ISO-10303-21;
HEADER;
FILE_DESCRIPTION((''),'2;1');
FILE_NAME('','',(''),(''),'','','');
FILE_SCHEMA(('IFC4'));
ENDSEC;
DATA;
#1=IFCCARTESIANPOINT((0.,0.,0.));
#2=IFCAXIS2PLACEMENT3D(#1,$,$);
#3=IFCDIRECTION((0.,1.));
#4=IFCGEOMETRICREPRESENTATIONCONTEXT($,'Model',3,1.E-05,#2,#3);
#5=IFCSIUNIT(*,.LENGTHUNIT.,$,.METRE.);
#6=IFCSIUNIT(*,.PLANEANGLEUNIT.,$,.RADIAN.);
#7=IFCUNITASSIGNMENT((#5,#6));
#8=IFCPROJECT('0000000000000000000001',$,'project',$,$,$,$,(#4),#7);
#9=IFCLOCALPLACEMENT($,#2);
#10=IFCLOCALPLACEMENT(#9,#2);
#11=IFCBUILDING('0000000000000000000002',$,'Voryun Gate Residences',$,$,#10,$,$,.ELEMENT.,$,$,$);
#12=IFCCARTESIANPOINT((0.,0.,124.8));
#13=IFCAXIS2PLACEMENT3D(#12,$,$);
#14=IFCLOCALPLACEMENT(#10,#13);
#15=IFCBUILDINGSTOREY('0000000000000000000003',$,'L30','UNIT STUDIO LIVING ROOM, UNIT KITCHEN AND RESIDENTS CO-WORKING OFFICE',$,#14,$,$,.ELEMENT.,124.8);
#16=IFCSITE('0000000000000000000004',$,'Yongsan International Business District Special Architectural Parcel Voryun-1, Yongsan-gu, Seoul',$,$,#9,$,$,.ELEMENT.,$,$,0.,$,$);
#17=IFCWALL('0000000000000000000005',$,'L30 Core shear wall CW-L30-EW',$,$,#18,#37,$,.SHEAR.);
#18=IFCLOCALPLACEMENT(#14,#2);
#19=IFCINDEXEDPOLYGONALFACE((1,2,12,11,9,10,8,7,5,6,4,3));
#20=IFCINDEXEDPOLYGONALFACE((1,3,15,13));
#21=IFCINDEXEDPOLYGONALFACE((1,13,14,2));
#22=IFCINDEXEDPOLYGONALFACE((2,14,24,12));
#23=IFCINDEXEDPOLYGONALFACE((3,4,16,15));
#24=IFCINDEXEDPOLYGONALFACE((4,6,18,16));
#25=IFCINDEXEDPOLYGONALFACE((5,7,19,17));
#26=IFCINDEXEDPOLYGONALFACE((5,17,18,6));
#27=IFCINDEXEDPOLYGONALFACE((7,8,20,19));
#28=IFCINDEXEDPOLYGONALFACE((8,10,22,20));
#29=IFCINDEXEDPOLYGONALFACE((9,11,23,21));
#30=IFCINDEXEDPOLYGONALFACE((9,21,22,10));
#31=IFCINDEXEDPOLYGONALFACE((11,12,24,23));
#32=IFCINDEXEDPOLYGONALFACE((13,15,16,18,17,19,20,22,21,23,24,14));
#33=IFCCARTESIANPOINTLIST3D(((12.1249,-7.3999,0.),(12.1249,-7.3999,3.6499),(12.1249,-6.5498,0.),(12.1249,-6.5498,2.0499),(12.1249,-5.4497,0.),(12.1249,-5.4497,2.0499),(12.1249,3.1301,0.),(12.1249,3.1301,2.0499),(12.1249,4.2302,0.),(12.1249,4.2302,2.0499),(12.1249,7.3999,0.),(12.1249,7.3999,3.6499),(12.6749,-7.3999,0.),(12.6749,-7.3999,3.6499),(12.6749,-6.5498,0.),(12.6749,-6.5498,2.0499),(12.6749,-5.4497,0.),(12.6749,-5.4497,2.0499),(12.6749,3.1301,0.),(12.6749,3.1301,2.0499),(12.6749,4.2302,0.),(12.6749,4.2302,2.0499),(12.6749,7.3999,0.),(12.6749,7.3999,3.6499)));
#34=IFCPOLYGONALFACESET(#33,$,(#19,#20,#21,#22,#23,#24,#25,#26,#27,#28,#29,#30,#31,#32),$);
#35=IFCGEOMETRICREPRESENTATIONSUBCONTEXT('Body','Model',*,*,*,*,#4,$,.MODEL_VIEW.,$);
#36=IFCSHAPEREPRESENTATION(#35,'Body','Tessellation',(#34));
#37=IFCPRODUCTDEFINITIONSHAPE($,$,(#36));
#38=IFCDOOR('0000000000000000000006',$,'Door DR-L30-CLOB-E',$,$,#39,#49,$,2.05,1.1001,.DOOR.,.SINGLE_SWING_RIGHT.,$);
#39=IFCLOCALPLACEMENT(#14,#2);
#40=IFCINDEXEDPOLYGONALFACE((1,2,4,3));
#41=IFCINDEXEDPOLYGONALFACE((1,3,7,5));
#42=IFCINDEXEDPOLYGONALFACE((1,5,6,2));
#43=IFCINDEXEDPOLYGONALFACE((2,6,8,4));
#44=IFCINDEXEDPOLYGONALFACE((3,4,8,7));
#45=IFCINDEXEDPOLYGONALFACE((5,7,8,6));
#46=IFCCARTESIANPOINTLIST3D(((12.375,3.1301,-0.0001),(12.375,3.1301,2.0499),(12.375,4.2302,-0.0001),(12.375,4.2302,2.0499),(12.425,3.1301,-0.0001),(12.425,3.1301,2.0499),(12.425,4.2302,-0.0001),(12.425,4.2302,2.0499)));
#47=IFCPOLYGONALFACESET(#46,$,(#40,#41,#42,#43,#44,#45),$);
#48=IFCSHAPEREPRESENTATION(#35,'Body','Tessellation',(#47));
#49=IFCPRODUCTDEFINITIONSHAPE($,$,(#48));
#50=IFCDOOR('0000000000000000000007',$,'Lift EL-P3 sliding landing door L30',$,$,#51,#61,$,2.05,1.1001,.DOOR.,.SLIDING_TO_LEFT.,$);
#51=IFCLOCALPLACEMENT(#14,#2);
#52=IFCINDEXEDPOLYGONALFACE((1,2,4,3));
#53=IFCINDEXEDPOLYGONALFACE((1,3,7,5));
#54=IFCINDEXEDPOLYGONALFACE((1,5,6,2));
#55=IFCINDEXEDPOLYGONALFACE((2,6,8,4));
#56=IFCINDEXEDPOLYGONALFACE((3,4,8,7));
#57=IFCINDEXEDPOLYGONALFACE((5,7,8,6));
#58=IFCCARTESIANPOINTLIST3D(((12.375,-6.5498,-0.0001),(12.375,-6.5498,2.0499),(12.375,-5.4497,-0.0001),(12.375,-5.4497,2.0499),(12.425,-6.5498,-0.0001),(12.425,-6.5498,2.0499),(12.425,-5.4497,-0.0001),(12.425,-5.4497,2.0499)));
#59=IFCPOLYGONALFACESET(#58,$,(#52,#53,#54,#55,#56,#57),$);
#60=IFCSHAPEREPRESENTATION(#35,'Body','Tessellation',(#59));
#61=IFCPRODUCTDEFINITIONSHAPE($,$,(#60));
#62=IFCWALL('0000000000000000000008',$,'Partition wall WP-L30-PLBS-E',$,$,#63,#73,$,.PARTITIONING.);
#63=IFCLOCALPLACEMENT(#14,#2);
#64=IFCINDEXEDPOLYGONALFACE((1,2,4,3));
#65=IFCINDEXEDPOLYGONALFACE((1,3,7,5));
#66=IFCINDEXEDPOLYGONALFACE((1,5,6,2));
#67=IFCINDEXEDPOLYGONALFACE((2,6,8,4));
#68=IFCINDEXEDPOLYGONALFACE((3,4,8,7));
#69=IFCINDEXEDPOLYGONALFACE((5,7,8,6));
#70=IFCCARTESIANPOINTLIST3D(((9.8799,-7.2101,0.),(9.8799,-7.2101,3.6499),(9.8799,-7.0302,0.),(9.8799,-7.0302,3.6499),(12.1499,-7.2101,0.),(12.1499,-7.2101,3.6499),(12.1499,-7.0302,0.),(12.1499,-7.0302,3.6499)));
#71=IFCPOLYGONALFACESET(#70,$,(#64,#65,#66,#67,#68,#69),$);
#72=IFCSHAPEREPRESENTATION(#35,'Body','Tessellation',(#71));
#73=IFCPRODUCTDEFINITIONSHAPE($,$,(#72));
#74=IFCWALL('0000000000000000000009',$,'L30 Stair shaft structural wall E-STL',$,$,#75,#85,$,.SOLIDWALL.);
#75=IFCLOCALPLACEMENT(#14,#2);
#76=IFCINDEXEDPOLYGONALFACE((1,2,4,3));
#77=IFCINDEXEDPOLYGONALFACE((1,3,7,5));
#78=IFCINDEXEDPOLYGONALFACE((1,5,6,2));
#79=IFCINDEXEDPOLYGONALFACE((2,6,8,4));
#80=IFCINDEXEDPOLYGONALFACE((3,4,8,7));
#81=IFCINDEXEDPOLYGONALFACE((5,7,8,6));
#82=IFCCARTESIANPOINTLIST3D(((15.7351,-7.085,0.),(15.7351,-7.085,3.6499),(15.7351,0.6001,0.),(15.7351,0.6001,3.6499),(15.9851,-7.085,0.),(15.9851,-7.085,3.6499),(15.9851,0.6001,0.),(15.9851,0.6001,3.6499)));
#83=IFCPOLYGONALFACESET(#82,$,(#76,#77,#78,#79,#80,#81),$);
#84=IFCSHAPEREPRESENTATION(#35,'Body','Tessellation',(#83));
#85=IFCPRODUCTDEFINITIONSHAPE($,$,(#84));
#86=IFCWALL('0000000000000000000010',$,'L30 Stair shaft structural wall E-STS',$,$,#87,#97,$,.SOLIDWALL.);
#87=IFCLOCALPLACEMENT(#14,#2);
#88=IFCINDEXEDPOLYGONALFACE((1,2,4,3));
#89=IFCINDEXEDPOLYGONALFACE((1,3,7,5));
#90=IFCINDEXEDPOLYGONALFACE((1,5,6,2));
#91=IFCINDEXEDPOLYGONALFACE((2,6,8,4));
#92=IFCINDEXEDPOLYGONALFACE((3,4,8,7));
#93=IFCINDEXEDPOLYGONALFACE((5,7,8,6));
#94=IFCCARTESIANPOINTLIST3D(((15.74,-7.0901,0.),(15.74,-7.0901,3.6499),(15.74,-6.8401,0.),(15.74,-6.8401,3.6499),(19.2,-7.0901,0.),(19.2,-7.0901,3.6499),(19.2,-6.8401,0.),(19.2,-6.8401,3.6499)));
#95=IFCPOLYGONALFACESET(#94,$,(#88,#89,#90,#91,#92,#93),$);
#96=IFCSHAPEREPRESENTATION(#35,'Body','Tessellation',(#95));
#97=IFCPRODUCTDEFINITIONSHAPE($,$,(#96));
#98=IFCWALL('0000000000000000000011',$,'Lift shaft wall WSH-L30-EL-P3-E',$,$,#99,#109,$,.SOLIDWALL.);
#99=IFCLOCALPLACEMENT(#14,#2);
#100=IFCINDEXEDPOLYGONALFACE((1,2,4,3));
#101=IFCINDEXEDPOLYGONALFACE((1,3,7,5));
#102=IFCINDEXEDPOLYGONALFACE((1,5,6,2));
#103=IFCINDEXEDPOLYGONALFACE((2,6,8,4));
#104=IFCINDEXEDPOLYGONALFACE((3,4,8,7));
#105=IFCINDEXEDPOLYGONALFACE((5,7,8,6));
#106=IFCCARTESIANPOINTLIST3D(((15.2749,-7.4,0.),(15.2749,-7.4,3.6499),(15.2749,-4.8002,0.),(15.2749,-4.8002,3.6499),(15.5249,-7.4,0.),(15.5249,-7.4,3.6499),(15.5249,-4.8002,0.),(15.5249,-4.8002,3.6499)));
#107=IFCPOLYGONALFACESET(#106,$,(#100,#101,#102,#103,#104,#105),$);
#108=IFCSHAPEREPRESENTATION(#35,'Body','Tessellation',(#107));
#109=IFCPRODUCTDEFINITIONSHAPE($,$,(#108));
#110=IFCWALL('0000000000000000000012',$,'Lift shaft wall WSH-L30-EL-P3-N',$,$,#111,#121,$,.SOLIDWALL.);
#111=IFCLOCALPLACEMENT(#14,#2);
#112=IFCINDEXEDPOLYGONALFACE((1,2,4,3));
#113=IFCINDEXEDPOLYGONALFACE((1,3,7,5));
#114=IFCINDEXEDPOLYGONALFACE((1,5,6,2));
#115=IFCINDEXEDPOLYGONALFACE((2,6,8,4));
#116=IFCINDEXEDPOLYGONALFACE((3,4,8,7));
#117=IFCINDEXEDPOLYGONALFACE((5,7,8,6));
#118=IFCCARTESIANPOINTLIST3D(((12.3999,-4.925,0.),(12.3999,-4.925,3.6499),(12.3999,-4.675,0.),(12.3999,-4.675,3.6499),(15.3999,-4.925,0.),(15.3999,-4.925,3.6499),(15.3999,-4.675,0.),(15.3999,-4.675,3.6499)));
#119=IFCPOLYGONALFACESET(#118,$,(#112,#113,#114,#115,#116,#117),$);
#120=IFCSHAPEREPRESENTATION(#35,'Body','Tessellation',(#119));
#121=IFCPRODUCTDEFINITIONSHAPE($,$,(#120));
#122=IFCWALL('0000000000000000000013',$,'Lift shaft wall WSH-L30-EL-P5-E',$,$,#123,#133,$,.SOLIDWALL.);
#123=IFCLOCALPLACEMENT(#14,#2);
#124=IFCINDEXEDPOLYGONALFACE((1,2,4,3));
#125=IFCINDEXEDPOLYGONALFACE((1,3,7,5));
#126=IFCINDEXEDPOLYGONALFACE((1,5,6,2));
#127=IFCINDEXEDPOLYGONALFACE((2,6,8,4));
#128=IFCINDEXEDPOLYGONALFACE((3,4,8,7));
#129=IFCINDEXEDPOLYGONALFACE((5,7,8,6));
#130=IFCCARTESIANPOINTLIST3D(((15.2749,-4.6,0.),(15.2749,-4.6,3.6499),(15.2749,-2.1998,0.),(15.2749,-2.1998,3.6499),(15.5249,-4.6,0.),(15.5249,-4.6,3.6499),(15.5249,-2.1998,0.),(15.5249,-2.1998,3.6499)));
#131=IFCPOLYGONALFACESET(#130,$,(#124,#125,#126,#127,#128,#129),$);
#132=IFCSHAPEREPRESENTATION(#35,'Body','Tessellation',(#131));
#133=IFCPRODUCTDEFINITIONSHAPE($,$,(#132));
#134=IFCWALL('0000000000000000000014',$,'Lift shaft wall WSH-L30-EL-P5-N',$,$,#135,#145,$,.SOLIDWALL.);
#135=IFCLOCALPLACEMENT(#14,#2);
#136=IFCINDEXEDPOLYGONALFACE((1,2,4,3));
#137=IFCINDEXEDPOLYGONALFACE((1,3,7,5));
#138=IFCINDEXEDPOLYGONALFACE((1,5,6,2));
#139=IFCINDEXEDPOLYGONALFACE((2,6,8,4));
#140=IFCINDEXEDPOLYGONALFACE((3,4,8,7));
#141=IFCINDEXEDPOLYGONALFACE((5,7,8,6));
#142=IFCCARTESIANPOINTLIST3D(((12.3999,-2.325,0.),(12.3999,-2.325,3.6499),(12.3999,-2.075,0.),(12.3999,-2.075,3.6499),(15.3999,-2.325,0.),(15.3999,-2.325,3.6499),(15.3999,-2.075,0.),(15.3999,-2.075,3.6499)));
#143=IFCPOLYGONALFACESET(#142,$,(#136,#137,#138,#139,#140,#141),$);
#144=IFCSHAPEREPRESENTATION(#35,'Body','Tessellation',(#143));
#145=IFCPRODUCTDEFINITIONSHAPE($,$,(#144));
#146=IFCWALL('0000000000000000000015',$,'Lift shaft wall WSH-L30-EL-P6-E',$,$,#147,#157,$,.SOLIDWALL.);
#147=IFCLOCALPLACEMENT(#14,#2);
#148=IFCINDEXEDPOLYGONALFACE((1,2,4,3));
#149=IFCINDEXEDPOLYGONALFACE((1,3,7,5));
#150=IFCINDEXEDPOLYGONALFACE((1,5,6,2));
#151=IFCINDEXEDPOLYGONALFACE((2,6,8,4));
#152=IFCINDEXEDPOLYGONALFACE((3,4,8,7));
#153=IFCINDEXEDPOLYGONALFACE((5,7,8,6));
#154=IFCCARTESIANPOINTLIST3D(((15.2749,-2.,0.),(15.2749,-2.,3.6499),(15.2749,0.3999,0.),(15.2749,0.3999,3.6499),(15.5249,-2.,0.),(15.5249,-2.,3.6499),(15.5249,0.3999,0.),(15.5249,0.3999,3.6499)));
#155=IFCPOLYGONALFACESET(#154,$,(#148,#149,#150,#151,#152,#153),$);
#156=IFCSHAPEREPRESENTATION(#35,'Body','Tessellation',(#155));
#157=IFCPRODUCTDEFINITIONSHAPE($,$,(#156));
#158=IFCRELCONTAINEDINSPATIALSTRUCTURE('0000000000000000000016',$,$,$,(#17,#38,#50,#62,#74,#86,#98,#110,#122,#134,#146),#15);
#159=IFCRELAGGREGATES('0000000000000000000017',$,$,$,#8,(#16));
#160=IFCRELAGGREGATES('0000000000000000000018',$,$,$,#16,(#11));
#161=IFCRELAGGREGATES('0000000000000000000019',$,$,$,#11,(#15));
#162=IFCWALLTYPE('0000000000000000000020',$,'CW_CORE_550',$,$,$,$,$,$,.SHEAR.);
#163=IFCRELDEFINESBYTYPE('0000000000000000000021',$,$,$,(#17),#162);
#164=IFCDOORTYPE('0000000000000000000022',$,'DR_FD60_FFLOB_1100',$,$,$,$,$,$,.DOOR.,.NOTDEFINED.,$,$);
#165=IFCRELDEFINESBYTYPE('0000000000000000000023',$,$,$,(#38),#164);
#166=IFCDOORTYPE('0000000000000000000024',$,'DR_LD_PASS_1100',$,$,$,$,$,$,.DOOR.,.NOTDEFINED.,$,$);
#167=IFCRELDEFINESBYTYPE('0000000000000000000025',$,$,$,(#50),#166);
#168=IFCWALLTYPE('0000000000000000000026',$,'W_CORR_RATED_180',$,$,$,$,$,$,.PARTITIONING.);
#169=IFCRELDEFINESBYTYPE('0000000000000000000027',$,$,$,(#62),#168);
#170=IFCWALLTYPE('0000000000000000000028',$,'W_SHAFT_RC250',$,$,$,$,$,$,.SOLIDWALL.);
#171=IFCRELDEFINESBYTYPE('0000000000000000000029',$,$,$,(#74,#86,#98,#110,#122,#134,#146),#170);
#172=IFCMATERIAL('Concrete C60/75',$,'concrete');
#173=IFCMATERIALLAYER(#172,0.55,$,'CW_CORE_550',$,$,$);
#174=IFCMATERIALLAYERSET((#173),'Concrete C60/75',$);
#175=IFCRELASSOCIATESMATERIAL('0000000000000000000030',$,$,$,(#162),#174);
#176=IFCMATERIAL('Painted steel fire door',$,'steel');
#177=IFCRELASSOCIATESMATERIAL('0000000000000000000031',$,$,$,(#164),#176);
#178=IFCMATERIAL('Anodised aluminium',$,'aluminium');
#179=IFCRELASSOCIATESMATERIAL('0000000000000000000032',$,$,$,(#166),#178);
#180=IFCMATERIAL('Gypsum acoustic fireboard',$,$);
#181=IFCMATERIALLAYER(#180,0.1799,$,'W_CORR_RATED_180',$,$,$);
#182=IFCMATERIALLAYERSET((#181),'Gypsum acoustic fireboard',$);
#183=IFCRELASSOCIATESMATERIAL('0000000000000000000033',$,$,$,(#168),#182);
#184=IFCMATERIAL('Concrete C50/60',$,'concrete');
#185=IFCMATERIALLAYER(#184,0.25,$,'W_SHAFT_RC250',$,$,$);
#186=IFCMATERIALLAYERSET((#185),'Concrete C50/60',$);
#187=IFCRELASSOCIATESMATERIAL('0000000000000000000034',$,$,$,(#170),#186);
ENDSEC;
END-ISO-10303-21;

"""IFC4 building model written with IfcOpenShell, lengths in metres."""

from ifc_helpers import new_model, si_unit, direction, frame, frame_2d, origin, place, context, subcontext, project, spatial, rectangle, extrude, material, layer, layer_set, type_object, element, fill, save


model = new_model("IFC4")

# Units and contexts
model_context = context("Model", 3, precision=1e-05, world=origin(), true_north=direction((0.0, 1.0)))
body_context = subcontext(model_context, "Body", "Model", "MODEL_VIEW")
ifc_project = project(units=[si_unit("LENGTHUNIT", "METRE"), si_unit("PLANEANGLEUNIT", "RADIAN")], contexts=[model_context])

# Site, building, storey
site_placement = place(None, origin())
site = spatial("IfcSite", under=ifc_project, at=site_placement, Name="Yongsan International Business District Special Architectural Parcel Voryun-1, Yongsan-gu, Seoul", CompositionType="ELEMENT", RefElevation=0.0)
building_placement = place(site_placement, origin())
building = spatial("IfcBuilding", under=site, at=building_placement, Name="Voryun Gate Residences", CompositionType="ELEMENT")
storey_placement = place(building_placement, frame((0.0, 0.0, 124.8)))
storey = spatial("IfcBuildingStorey", under=building, at=storey_placement, Name="L30", Description="UNIT STUDIO LIVING ROOM, UNIT KITCHEN AND RESIDENTS CO-WORKING OFFICE", CompositionType="ELEMENT", Elevation=124.8)

# Shared definitions
ifc_material_1 = material(Name="Concrete C60/75", Category="concrete")
ifc_layer_1 = layer(ifc_material_1, 0.55, Name="CW_CORE_550")
ifc_layer_set_1 = layer_set([ifc_layer_1], Name="Concrete C60/75")
wall_type_1 = type_object("IfcWallType", Name="CW_CORE_550", PredefinedType="SHEAR", material=ifc_layer_set_1)

# Wall, openings, doors
wall_1_placement = place(storey_placement, frame((12.3999, -7.3999, 0.0), z_axis=(0.0, 0.0, 1.0), x_axis=(0.0, 1.0, 0.0)))
wall_1 = element("IfcWall", 1, at=wall_1_placement, inside=storey, type_object=wall_type_1, Name="L30 Core shear wall CW-L30-EW", PredefinedType="SHEAR", context=body_context, shape_type="SweptSolid", body=[
    extrude(rectangle(XDim=14.7998, YDim=0.55, at=frame_2d((7.3999, 0.0))), origin(), (0.0, 0.0, 1.0), 3.6499),
])
opening_1_placement = place(wall_1_placement, frame((0.8501, 0.0, 0.0)))
opening_1 = element("IfcOpeningElement", 2, at=opening_1_placement, cuts=wall_1, PredefinedType="OPENING", context=body_context, shape_type="SweptSolid", body=[
    extrude(rectangle(XDim=1.1001, YDim=2.05, at=frame_2d((0.55, 1.0249))), frame((0.0, 0.2849, 0.0), z_axis=(0.0, -1.0, 0.0), x_axis=(1.0, 0.0, 0.0)), (0.0, 0.0, 1.0), 0.5701),
])
opening_2_placement = place(wall_1_placement, frame((10.53, 0.0, 0.0)))
opening_2 = element("IfcOpeningElement", 3, at=opening_2_placement, cuts=wall_1, PredefinedType="OPENING", context=body_context, shape_type="SweptSolid", body=[
    extrude(rectangle(XDim=1.1001, YDim=2.05, at=frame_2d((0.55, 1.0249))), frame((0.0, 0.2849, 0.0), z_axis=(0.0, -1.0, 0.0), x_axis=(1.0, 0.0, 0.0)), (0.0, 0.0, 1.0), 0.5701),
])
ifc_material_2 = material(Name="Painted steel fire door", Category="steel")
door_type_1 = type_object("IfcDoorType", Name="DR_FD60_FFLOB_1100", OperationType="NOTDEFINED", PredefinedType="DOOR", material=ifc_material_2)
door_1_placement = place(opening_2_placement, origin())
door_1 = element("IfcDoor", 4, at=door_1_placement, inside=storey, type_object=door_type_1, Name="Door DR-L30-CLOB-E", OperationType="SINGLE_SWING_RIGHT", OverallHeight=2.05, OverallWidth=1.1001, PredefinedType="DOOR", context=body_context, shape_type="SweptSolid", body=[
    extrude(rectangle(XDim=1.1001, YDim=2.05, at=frame_2d((0.55, 1.0249))), frame((0.0, 0.0249, 0.0), z_axis=(0.0, -1.0, 0.0), x_axis=(1.0, 0.0, 0.0)), (0.0, 0.0, 1.0), 0.05),
])
fill(opening_2, door_1)
ifc_material_3 = material(Name="Anodised aluminium", Category="aluminium")
door_type_2 = type_object("IfcDoorType", Name="DR_LD_PASS_1100", OperationType="NOTDEFINED", PredefinedType="DOOR", material=ifc_material_3)
door_2_placement = place(opening_1_placement, origin())
door_2 = element("IfcDoor", 5, at=door_2_placement, inside=storey, type_object=door_type_2, Name="Lift EL-P3 sliding landing door L30", OperationType="SLIDING_TO_LEFT", OverallHeight=2.05, OverallWidth=1.1001, PredefinedType="DOOR", context=body_context, shape_type="SweptSolid", body=[
    extrude(rectangle(XDim=1.1001, YDim=2.05, at=frame_2d((0.55, 1.0249))), frame((0.0, 0.0249, 0.0), z_axis=(0.0, -1.0, 0.0), x_axis=(1.0, 0.0, 0.0)), (0.0, 0.0, 1.0), 0.05),
])
fill(opening_1, door_2)

# Walls
ifc_material_4 = material(Name="Gypsum acoustic fireboard")
ifc_layer_2 = layer(ifc_material_4, 0.1799, Name="W_CORR_RATED_180")
ifc_layer_set_2 = layer_set([ifc_layer_2], Name="Gypsum acoustic fireboard")
wall_type_2 = type_object("IfcWallType", Name="W_CORR_RATED_180", PredefinedType="PARTITIONING", material=ifc_layer_set_2)
wall_2_placement = place(storey_placement, frame((9.8799, -7.1201, 0.0), z_axis=(0.0, 0.0, 1.0), x_axis=(1.0, 0.0, 0.0)))
element("IfcWall", 6, at=wall_2_placement, inside=storey, type_object=wall_type_2, Name="Partition wall WP-L30-PLBS-E", PredefinedType="PARTITIONING", context=body_context, shape_type="SweptSolid", body=[
    extrude(rectangle(XDim=2.27, YDim=0.1799, at=frame_2d((1.135, 0.0))), origin(), (0.0, 0.0, 1.0), 3.6499),
])
ifc_material_5 = material(Name="Concrete C50/60", Category="concrete")
ifc_layer_3 = layer(ifc_material_5, 0.25, Name="W_SHAFT_RC250")
ifc_layer_set_3 = layer_set([ifc_layer_3], Name="Concrete C50/60")
wall_type_3 = type_object("IfcWallType", Name="W_SHAFT_RC250", PredefinedType="SOLIDWALL", material=ifc_layer_set_3)
wall_3_placement = place(storey_placement, frame((15.8601, -7.085, 0.0), z_axis=(0.0, 0.0, 1.0), x_axis=(0.0, 1.0, 0.0)))
element("IfcWall", 7, at=wall_3_placement, inside=storey, type_object=wall_type_3, Name="L30 Stair shaft structural wall E-STL", PredefinedType="SOLIDWALL", context=body_context, shape_type="SweptSolid", body=[
    extrude(rectangle(XDim=7.6851, YDim=0.25, at=frame_2d((3.8425, 0.0))), origin(), (0.0, 0.0, 1.0), 3.6499),
])
wall_4_placement = place(storey_placement, frame((15.74, -6.9651, 0.0), z_axis=(0.0, 0.0, 1.0), x_axis=(1.0, 0.0, 0.0)))
element("IfcWall", 8, at=wall_4_placement, inside=storey, type_object=wall_type_3, Name="L30 Stair shaft structural wall E-STS", PredefinedType="SOLIDWALL", context=body_context, shape_type="SweptSolid", body=[
    extrude(rectangle(XDim=3.46, YDim=0.25, at=frame_2d((1.73, 0.0))), origin(), (0.0, 0.0, 1.0), 3.6499),
])
wall_5_placement = place(storey_placement, frame((15.3999, -7.3999, 0.0), z_axis=(0.0, 0.0, 1.0), x_axis=(0.0, 1.0, 0.0)))
element("IfcWall", 9, at=wall_5_placement, inside=storey, type_object=wall_type_3, Name="Lift shaft wall WSH-L30-EL-P3-E", PredefinedType="SOLIDWALL", context=body_context, shape_type="SweptSolid", body=[
    extrude(rectangle(XDim=2.5999, YDim=0.25, at=frame_2d((1.2998, 0.0))), origin(), (0.0, 0.0, 1.0), 3.6499),
])
wall_6_placement = place(storey_placement, frame((15.3999, -4.8, 0.0), z_axis=(0.0, 0.0, 1.0), x_axis=(-1.0, 0.0, 0.0)))
element("IfcWall", 10, at=wall_6_placement, inside=storey, type_object=wall_type_3, Name="Lift shaft wall WSH-L30-EL-P3-N", PredefinedType="SOLIDWALL", context=body_context, shape_type="SweptSolid", body=[
    extrude(rectangle(XDim=3.0, YDim=0.25, at=frame_2d((1.5, 0.0))), origin(), (0.0, 0.0, 1.0), 3.6499),
])
wall_7_placement = place(storey_placement, frame((15.3999, -4.6001, 0.0), z_axis=(0.0, 0.0, 1.0), x_axis=(0.0, 1.0, 0.0)))
element("IfcWall", 11, at=wall_7_placement, inside=storey, type_object=wall_type_3, Name="Lift shaft wall WSH-L30-EL-P5-E", PredefinedType="SOLIDWALL", context=body_context, shape_type="SweptSolid", body=[
    extrude(rectangle(XDim=2.4001, YDim=0.25, at=frame_2d((1.2002, 0.0))), origin(), (0.0, 0.0, 1.0), 3.6499),
])
wall_8_placement = place(storey_placement, frame((15.3999, -2.2, 0.0), z_axis=(0.0, 0.0, 1.0), x_axis=(-1.0, 0.0, 0.0)))
element("IfcWall", 12, at=wall_8_placement, inside=storey, type_object=wall_type_3, Name="Lift shaft wall WSH-L30-EL-P5-N", PredefinedType="SOLIDWALL", context=body_context, shape_type="SweptSolid", body=[
    extrude(rectangle(XDim=3.0, YDim=0.25, at=frame_2d((1.5, 0.0))), origin(), (0.0, 0.0, 1.0), 3.6499),
])
wall_9_placement = place(storey_placement, frame((15.3999, -2.0, 0.0), z_axis=(0.0, 0.0, 1.0), x_axis=(0.0, 1.0, 0.0)))
element("IfcWall", 13, at=wall_9_placement, inside=storey, type_object=wall_type_3, Name="Lift shaft wall WSH-L30-EL-P6-E", PredefinedType="SOLIDWALL", context=body_context, shape_type="SweptSolid", body=[
    extrude(rectangle(XDim=2.3999, YDim=0.25, at=frame_2d((1.2, 0.0))), origin(), (0.0, 0.0, 1.0), 3.6499),
])

save(model, "model.ifc")
